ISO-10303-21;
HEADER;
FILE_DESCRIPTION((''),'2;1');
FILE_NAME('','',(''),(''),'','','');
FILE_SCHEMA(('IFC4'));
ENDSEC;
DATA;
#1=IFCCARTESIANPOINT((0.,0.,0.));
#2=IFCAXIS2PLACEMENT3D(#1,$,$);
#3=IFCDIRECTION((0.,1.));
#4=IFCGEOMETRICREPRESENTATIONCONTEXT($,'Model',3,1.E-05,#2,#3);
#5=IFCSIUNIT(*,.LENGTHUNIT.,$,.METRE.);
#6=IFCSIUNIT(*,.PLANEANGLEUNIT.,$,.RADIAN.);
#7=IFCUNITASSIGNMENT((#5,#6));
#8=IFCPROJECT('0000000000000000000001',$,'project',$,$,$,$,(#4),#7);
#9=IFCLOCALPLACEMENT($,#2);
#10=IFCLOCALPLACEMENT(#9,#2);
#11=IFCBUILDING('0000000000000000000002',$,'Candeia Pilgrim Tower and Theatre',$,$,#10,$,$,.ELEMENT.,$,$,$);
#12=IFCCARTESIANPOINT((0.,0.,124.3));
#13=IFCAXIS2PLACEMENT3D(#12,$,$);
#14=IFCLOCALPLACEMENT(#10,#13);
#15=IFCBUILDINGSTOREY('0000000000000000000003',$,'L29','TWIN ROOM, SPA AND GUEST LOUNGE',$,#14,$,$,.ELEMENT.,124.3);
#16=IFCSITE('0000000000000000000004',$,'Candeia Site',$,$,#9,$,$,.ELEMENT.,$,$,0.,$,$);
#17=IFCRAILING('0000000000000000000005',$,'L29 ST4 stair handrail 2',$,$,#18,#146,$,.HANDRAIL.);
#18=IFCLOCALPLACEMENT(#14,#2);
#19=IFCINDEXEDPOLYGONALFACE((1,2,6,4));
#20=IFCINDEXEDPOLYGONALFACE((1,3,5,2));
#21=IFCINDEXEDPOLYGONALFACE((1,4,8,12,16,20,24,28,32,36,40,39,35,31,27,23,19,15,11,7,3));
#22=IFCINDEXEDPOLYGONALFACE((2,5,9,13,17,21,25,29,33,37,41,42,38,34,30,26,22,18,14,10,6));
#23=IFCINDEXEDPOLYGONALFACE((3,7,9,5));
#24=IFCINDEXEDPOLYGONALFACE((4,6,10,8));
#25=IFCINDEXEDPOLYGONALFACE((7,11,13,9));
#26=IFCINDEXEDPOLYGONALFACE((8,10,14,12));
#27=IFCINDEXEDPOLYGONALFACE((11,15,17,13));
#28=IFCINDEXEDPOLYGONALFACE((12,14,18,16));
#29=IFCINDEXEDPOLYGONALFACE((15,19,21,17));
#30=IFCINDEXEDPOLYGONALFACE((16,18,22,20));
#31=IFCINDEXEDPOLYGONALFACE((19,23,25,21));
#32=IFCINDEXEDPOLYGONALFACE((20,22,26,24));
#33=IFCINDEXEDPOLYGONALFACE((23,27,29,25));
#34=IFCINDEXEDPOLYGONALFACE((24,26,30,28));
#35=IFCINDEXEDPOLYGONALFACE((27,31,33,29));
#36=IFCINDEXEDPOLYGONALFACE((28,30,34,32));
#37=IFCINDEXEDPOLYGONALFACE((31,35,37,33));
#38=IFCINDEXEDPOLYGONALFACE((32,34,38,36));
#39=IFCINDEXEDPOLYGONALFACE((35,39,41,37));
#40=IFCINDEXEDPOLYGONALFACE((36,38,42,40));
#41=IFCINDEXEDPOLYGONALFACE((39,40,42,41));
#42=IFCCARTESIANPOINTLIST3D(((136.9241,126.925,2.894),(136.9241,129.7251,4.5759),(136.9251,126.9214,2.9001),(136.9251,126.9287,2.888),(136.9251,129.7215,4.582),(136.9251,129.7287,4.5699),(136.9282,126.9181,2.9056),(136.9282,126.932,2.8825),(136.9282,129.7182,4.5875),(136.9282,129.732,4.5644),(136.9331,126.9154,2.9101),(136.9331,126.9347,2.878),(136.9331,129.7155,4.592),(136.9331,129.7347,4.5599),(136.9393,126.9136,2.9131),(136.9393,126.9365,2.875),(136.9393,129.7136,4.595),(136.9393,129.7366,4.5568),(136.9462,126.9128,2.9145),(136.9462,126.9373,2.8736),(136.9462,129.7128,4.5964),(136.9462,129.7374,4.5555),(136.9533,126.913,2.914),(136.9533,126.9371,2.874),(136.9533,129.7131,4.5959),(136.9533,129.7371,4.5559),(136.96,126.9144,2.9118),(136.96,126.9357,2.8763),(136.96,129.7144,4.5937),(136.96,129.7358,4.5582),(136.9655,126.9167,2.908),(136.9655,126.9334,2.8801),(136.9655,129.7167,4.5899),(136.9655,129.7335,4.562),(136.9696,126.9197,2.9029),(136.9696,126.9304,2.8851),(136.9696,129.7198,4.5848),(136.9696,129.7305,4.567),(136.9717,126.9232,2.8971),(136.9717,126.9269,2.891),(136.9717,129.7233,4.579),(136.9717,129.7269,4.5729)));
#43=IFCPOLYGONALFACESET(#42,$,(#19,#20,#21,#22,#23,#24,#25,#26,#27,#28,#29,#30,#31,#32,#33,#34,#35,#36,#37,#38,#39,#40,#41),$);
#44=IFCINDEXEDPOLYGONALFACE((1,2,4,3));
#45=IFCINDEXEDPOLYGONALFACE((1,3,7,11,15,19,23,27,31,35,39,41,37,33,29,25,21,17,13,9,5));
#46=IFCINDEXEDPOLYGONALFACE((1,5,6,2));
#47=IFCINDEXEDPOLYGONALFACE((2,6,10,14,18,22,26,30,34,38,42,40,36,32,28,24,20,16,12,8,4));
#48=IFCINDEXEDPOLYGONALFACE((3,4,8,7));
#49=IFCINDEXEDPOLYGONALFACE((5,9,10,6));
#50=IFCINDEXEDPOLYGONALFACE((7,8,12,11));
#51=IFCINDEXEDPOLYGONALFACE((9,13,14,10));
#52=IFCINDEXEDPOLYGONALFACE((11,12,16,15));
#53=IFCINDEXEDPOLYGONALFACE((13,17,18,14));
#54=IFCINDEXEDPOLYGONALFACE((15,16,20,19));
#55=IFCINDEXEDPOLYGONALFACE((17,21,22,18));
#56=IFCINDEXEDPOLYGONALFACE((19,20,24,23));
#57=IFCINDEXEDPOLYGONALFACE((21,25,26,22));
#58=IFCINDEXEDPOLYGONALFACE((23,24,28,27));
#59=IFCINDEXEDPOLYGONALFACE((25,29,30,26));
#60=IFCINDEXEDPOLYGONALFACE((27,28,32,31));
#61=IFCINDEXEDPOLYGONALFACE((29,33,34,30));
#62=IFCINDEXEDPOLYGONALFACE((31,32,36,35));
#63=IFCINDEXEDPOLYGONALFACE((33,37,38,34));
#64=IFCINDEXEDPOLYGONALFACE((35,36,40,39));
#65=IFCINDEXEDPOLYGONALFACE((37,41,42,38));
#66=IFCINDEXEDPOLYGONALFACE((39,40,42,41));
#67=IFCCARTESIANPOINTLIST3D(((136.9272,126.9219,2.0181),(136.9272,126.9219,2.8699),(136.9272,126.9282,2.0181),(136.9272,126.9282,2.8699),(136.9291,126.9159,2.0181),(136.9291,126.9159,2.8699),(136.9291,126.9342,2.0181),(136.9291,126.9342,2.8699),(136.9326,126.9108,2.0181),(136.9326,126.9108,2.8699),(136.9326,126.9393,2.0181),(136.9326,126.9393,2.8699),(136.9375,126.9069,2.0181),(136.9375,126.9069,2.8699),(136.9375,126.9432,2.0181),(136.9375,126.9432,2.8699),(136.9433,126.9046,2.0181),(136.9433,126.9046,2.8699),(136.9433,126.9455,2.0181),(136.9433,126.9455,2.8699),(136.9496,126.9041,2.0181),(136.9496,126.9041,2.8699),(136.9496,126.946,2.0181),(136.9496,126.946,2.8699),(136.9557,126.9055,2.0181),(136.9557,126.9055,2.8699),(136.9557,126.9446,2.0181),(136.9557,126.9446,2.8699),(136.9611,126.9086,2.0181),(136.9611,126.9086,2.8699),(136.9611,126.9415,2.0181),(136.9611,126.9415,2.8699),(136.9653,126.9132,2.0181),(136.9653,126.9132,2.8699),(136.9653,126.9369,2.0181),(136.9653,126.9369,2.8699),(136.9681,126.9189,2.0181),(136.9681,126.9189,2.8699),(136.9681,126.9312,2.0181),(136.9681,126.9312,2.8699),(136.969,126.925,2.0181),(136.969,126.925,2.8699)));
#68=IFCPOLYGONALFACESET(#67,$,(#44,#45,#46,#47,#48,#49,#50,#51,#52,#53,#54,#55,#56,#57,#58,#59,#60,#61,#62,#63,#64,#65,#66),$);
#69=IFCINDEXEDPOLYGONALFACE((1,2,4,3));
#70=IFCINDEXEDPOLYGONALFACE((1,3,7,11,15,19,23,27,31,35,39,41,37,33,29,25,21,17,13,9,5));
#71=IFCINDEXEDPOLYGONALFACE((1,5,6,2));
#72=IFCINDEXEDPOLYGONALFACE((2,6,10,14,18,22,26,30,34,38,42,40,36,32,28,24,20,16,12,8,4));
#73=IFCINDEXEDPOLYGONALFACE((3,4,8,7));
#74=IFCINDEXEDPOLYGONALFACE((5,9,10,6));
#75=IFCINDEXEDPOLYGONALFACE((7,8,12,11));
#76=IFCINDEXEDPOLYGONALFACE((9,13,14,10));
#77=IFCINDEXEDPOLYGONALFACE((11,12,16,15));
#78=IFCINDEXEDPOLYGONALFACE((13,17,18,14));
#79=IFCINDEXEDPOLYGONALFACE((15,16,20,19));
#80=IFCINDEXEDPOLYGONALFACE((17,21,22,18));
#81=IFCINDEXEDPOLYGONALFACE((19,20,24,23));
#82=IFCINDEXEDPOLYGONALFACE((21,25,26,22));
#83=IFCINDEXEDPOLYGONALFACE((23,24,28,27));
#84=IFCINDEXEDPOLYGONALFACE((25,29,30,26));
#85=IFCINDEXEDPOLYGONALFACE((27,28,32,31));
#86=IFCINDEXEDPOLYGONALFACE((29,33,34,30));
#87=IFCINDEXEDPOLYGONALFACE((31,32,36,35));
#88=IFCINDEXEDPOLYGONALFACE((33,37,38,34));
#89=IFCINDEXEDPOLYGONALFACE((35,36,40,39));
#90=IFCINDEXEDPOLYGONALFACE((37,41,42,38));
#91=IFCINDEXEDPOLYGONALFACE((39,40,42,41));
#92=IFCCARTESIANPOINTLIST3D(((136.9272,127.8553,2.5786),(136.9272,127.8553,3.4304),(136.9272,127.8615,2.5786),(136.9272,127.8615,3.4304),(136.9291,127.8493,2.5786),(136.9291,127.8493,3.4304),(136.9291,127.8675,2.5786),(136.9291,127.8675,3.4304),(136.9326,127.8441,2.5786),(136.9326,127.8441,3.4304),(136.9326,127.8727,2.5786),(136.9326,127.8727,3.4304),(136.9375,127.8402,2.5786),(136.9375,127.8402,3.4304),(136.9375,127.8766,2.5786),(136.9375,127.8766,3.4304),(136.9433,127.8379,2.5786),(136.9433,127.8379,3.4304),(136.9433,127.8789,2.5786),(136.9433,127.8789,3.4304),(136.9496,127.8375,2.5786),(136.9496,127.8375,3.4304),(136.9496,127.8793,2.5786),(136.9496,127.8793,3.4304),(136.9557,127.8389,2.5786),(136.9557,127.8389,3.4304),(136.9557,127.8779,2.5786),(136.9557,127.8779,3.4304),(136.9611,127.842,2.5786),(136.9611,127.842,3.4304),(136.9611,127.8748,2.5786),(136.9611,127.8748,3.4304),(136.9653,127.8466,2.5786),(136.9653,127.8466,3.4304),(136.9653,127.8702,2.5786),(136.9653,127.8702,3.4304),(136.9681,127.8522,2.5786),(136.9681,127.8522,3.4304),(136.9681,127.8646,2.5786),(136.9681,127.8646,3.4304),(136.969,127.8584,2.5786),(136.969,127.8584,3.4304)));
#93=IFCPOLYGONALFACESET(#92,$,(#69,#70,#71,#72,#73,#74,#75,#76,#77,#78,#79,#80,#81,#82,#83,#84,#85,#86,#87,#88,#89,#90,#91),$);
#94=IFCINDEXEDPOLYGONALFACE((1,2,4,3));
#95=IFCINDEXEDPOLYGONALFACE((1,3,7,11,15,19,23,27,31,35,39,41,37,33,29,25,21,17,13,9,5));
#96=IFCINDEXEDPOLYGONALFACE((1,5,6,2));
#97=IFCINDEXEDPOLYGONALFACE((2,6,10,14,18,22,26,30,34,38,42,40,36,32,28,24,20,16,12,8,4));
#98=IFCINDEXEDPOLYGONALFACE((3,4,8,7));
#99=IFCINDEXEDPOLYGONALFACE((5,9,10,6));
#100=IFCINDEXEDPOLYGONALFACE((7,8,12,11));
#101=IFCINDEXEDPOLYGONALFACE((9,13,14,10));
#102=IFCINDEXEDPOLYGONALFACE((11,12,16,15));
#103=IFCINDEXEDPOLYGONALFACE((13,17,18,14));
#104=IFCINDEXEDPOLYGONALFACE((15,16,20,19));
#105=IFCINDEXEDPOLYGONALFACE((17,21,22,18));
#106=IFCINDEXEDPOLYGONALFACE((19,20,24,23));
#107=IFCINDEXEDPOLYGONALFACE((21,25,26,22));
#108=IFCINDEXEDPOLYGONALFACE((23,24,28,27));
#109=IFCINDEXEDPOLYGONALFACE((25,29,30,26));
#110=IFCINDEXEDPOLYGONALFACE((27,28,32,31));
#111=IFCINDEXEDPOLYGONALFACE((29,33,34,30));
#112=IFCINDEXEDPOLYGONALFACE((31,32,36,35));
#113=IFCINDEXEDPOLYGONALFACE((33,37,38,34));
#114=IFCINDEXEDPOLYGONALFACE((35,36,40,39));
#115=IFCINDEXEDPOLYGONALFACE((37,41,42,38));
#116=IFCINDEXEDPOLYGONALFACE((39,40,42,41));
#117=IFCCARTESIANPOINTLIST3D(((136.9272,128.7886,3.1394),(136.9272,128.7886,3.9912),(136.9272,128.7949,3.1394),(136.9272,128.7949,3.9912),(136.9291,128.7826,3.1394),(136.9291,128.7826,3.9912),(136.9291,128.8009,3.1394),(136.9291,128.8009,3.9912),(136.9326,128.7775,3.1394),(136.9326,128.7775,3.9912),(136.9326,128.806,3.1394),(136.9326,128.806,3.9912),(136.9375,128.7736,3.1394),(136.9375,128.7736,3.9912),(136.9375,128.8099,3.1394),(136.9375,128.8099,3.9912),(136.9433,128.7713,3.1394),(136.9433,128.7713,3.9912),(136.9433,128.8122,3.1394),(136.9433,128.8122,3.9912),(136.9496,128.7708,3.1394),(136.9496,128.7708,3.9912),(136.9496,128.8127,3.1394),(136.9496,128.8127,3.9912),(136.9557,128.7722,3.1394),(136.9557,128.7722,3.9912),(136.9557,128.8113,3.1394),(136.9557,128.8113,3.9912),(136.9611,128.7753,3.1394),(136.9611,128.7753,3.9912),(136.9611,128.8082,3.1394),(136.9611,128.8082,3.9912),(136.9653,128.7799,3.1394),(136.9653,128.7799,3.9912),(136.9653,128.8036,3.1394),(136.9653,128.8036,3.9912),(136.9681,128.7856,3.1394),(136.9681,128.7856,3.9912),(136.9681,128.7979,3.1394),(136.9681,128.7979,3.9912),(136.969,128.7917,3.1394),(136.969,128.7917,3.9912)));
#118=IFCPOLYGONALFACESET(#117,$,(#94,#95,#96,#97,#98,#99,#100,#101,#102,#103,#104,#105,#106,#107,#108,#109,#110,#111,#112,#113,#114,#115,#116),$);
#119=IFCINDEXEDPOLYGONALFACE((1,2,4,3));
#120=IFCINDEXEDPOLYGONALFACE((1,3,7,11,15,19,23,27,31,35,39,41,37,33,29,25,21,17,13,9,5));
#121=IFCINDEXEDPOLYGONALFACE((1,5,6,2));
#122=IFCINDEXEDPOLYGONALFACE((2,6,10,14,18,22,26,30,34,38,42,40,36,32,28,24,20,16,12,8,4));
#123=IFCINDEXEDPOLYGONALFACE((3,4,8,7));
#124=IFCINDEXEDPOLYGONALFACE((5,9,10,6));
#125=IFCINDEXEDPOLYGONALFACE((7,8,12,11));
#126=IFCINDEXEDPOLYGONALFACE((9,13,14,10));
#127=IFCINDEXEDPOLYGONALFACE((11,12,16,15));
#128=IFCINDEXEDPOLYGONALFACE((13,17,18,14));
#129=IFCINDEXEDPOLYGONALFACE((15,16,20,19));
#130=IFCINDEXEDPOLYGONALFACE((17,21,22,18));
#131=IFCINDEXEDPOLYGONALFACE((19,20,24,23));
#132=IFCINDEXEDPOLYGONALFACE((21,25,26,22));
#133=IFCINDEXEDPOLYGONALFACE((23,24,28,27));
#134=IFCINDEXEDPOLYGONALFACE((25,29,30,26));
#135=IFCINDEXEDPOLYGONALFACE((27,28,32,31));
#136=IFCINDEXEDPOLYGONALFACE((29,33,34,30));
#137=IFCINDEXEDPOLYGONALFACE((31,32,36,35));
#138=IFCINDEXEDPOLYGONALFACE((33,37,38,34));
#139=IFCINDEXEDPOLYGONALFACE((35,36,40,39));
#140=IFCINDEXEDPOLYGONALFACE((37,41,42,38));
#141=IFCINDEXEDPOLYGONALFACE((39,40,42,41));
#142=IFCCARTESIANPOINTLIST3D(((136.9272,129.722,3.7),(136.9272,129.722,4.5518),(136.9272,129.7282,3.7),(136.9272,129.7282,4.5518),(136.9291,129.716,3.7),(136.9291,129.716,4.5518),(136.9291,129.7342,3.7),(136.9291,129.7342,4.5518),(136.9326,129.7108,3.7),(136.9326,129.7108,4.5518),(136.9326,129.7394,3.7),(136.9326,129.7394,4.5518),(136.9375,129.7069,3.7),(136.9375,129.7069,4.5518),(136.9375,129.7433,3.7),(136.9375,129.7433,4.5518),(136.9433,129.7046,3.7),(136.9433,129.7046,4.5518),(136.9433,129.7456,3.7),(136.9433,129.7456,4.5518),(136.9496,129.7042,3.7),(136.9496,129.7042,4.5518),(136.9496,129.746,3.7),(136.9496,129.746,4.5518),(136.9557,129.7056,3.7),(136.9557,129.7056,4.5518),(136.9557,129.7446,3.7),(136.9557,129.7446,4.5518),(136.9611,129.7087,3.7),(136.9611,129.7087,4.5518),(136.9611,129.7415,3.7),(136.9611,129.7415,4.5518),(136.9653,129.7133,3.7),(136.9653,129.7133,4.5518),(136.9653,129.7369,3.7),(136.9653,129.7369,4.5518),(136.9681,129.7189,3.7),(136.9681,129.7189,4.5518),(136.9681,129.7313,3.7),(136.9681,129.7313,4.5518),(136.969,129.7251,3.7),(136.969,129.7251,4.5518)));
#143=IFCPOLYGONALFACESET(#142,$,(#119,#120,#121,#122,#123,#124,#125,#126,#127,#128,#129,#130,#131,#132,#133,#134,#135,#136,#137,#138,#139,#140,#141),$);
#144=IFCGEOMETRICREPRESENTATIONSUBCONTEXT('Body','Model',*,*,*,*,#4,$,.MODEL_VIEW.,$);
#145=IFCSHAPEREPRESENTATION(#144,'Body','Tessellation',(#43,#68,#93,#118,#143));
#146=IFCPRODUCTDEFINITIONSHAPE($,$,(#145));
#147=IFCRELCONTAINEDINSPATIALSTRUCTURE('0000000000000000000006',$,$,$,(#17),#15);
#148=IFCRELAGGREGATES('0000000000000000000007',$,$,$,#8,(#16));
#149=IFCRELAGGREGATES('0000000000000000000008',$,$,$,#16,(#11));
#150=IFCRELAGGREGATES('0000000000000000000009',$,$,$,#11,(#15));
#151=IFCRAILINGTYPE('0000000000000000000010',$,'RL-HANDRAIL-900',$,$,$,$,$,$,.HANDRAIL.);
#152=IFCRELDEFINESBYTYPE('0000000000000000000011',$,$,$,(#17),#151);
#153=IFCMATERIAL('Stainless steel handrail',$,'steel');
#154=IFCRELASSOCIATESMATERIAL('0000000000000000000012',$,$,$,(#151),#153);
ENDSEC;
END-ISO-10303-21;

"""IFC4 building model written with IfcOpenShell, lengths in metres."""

from ifc_helpers import new_model, si_unit, direction, frame, origin, origin_2d, place, context, subcontext, project, spatial, circle, extrude, material, type_object, element, save


model = new_model("IFC4")

# Units and contexts
model_context = context("Model", 3, precision=1e-05, world=origin(), true_north=direction((0.0, 1.0)))
body_context = subcontext(model_context, "Body", "Model", "MODEL_VIEW")
ifc_project = project(units=[si_unit("LENGTHUNIT", "METRE"), si_unit("PLANEANGLEUNIT", "RADIAN")], contexts=[model_context])

# Site, building, storey
site_placement = place(None, origin())
site = spatial("IfcSite", under=ifc_project, at=site_placement, Name="Candeia Site", CompositionType="ELEMENT", RefElevation=0.0)
building_placement = place(site_placement, origin())
building = spatial("IfcBuilding", under=site, at=building_placement, Name="Candeia Pilgrim Tower and Theatre", CompositionType="ELEMENT")
storey_placement = place(building_placement, frame((0.0, 0.0, 124.3)))
storey = spatial("IfcBuildingStorey", under=building, at=storey_placement, Name="L29", Description="TWIN ROOM, SPA AND GUEST LOUNGE", CompositionType="ELEMENT", Elevation=124.3)

# Railing
ifc_material_1 = material(Name="Stainless steel handrail", Category="steel")
railing_type_1 = type_object("IfcRailingType", Name="RL-HANDRAIL-900", PredefinedType="HANDRAIL", material=ifc_material_1)
railing_1_placement = place(storey_placement, frame((136.948, 126.925, 2.0181)))
element("IfcRailing", 1, at=railing_1_placement, inside=storey, type_object=railing_type_1, Name="L29 ST4 stair handrail 2", PredefinedType="HANDRAIL", context=body_context, shape_type="SweptSolid", body=[
    extrude(circle(Radius=0.0239, at=origin_2d()), frame((0.0, 0.0, 0.876), z_axis=(0.0, 0.857242, 0.514913), x_axis=(-1.0, 0.0, 0.0)), (0.0, 0.0, 1.0), 3.2664),
    extrude(circle(Radius=0.021, at=origin_2d()), origin(), (0.0, 0.0, 1.0), 0.8518),
    extrude(circle(Radius=0.021, at=origin_2d()), frame((0.0, 0.9333, 0.5605)), (0.0, 0.0, 1.0), 0.8518),
    extrude(circle(Radius=0.021, at=origin_2d()), frame((0.0, 1.8667, 1.1213)), (0.0, 0.0, 1.0), 0.8518),
    extrude(circle(Radius=0.021, at=origin_2d()), frame((0.0, 2.8, 1.6819)), (0.0, 0.0, 1.0), 0.8518),
])

save(model, "model.ifc")
